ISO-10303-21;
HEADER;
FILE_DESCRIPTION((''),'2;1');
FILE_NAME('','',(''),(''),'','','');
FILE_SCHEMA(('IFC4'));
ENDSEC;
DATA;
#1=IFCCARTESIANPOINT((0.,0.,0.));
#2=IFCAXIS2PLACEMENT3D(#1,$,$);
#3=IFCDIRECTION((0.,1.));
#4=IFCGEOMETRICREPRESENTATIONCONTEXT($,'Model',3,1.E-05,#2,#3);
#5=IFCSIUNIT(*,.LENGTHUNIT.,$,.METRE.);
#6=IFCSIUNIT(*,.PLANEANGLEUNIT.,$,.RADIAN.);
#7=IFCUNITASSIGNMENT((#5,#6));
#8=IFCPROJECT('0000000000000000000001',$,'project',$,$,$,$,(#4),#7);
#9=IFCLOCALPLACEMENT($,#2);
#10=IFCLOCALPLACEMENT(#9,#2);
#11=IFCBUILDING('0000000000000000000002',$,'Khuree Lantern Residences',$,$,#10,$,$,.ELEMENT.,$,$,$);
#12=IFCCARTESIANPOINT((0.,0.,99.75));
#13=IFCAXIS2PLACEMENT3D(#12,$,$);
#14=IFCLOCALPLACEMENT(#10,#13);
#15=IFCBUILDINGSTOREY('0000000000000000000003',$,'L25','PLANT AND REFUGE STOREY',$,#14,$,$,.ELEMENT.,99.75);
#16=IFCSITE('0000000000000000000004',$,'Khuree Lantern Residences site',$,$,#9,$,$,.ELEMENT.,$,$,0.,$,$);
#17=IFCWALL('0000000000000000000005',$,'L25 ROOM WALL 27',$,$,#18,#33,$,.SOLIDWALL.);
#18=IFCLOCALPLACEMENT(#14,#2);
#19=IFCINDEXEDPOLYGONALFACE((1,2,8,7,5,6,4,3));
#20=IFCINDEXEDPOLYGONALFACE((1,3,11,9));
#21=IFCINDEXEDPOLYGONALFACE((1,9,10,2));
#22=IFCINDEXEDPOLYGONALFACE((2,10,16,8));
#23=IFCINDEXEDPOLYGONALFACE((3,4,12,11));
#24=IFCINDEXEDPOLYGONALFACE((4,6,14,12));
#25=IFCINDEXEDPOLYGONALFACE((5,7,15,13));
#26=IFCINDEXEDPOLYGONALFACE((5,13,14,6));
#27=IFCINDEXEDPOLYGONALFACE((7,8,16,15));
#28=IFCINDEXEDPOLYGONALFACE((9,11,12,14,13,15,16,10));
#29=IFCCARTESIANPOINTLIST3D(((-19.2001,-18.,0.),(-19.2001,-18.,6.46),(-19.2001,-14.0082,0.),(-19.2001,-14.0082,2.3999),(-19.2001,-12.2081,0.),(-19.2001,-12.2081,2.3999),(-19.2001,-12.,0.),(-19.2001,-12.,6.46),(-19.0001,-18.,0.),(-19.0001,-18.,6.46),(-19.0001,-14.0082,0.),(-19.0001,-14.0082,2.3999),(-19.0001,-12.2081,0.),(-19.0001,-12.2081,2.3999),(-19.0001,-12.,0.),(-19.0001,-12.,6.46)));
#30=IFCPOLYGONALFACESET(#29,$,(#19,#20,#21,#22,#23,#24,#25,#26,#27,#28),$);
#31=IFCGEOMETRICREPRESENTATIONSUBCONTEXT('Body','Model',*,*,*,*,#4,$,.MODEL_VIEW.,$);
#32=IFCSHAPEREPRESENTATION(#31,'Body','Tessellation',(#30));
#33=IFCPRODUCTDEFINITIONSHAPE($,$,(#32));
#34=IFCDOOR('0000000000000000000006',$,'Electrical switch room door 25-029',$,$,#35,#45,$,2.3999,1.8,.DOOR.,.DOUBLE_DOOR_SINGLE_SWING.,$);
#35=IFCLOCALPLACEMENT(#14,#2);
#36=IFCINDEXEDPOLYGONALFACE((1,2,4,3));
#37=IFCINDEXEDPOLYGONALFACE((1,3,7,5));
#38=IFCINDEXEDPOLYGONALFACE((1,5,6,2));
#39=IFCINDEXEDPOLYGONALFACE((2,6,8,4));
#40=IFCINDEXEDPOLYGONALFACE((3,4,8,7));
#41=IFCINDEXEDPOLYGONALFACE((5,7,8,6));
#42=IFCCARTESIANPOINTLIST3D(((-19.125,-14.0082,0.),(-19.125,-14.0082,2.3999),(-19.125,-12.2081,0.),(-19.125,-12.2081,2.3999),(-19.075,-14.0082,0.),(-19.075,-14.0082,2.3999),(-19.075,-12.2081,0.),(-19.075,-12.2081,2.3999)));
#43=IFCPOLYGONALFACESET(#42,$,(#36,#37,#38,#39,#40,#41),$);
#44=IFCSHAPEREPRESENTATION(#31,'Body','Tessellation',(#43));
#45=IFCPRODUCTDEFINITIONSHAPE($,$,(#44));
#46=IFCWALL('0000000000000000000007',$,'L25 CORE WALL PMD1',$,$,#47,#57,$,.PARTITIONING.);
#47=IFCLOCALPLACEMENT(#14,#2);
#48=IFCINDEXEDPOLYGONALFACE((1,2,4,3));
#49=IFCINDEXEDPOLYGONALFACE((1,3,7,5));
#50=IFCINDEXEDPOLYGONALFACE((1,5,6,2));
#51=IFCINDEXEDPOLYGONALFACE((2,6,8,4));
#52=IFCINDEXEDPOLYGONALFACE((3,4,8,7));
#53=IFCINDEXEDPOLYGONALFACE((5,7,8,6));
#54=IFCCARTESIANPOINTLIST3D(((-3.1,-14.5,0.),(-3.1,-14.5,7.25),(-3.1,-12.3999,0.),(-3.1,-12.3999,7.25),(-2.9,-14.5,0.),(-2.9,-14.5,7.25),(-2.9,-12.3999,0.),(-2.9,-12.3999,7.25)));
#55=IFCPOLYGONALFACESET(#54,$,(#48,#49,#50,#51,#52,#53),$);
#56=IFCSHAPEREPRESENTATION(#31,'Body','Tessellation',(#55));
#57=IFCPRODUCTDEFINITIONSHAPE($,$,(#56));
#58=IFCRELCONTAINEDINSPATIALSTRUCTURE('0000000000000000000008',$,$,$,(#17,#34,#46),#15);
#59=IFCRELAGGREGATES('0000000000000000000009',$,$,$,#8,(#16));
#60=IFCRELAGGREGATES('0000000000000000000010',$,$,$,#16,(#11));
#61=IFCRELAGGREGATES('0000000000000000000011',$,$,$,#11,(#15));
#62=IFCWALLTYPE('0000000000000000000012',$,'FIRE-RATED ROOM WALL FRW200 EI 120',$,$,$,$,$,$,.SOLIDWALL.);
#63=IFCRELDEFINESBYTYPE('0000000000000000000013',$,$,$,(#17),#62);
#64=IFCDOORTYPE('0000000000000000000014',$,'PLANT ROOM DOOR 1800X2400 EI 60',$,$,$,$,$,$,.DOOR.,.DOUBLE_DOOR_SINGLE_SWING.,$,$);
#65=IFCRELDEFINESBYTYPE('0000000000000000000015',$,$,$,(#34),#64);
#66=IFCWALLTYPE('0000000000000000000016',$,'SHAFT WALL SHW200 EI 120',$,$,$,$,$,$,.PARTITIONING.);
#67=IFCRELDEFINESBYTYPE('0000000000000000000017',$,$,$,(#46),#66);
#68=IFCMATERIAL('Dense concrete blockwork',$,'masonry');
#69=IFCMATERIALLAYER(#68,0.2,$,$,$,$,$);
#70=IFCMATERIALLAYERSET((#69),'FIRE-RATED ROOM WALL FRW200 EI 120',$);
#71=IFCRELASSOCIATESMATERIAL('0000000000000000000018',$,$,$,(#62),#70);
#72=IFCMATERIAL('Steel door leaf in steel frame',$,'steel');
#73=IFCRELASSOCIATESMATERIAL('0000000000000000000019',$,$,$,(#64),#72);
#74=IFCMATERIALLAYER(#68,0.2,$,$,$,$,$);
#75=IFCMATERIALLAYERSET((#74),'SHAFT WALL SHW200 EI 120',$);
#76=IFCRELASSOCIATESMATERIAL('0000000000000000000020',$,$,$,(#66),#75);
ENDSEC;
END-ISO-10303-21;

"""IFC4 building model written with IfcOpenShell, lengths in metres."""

from ifc_helpers import new_model, si_unit, direction, frame, frame_2d, origin, place, context, subcontext, project, spatial, rectangle, extrude, material, layer, layer_set, type_object, element, fill, save


model = new_model("IFC4")

# Units and contexts
model_context = context("Model", 3, precision=1e-05, world=origin(), true_north=direction((0.0, 1.0)))
body_context = subcontext(model_context, "Body", "Model", "MODEL_VIEW")
ifc_project = project(units=[si_unit("LENGTHUNIT", "METRE"), si_unit("PLANEANGLEUNIT", "RADIAN")], contexts=[model_context])

# Site, building, storey
site_placement = place(None, origin())
site = spatial("IfcSite", under=ifc_project, at=site_placement, Name="Khuree Lantern Residences site", CompositionType="ELEMENT", RefElevation=0.0)
building_placement = place(site_placement, origin())
building = spatial("IfcBuilding", under=site, at=building_placement, Name="Khuree Lantern Residences", CompositionType="ELEMENT")
storey_placement = place(building_placement, frame((0.0, 0.0, 99.75)))
storey = spatial("IfcBuildingStorey", under=building, at=storey_placement, Name="L25", Description="PLANT AND REFUGE STOREY", CompositionType="ELEMENT", Elevation=99.75)

# Shared definitions
ifc_material_1 = material(Name="Dense concrete blockwork", Category="masonry")

# Shared definitions
ifc_material_2 = material(Name="Steel door leaf in steel frame", Category="steel")

# Shared definitions
ifc_layer_1 = layer(ifc_material_1, 0.2)
ifc_layer_set_1 = layer_set([ifc_layer_1], Name="FIRE-RATED ROOM WALL FRW200 EI 120")
wall_type_1 = type_object("IfcWallType", Name="FIRE-RATED ROOM WALL FRW200 EI 120", PredefinedType="SOLIDWALL", material=ifc_layer_set_1)

# Shared definitions
door_type_1 = type_object("IfcDoorType", Name="PLANT ROOM DOOR 1800X2400 EI 60", OperationType="DOUBLE_DOOR_SINGLE_SWING", PredefinedType="DOOR", material=ifc_material_2)

# Wall, opening, door
wall_1_placement = place(storey_placement, frame((-19.1001, -18.0, 0.0), z_axis=(0.0, 0.0, 1.0), x_axis=(0.0, 1.0, 0.0)))
wall_1 = element("IfcWall", 1, at=wall_1_placement, inside=storey, type_object=wall_type_1, Name="L25 ROOM WALL 27", PredefinedType="SOLIDWALL", context=body_context, shape_type="SweptSolid", body=[
    extrude(rectangle(XDim=6.0, YDim=0.2, at=frame_2d((3.0, 0.0))), origin(), (0.0, 0.0, 1.0), 6.46),
])
opening_1_placement = place(wall_1_placement, frame((3.9919, 0.0, 0.0)))
opening_1 = element("IfcOpeningElement", 2, at=opening_1_placement, cuts=wall_1, PredefinedType="OPENING", context=body_context, shape_type="SweptSolid", body=[
    extrude(rectangle(XDim=1.8, YDim=2.3999, at=frame_2d((0.8999, 1.2))), frame((0.0, 0.1099, 0.0), z_axis=(0.0, -1.0, 0.0), x_axis=(1.0, 0.0, 0.0)), (0.0, 0.0, 1.0), 0.22),
])
door_1_placement = place(opening_1_placement, origin())
door_1 = element("IfcDoor", 3, at=door_1_placement, inside=storey, type_object=door_type_1, Name="Electrical switch room door 25-029", OperationType="DOUBLE_DOOR_SINGLE_SWING", OverallHeight=2.3999, OverallWidth=1.8, PredefinedType="DOOR", context=body_context, shape_type="SweptSolid", body=[
    extrude(rectangle(XDim=1.8, YDim=2.3999, at=frame_2d((0.8999, 1.2))), frame((0.0, 0.0249, 0.0), z_axis=(0.0, -1.0, 0.0), x_axis=(1.0, 0.0, 0.0)), (0.0, 0.0, 1.0), 0.05),
])
fill(opening_1, door_1)

# Wall
ifc_layer_2 = layer(ifc_material_1, 0.2)
ifc_layer_set_2 = layer_set([ifc_layer_2], Name="SHAFT WALL SHW200 EI 120")
wall_type_2 = type_object("IfcWallType", Name="SHAFT WALL SHW200 EI 120", PredefinedType="PARTITIONING", material=ifc_layer_set_2)
wall_2_placement = place(storey_placement, frame((-3.0, -14.5, 0.0), z_axis=(0.0, 0.0, 1.0), x_axis=(0.0, 1.0, 0.0)))
element("IfcWall", 4, at=wall_2_placement, inside=storey, type_object=wall_type_2, Name="L25 CORE WALL PMD1", PredefinedType="PARTITIONING", context=body_context, shape_type="SweptSolid", body=[
    extrude(rectangle(XDim=2.1001, YDim=0.2, at=frame_2d((1.05, 0.0))), origin(), (0.0, 0.0, 1.0), 7.25),
])

save(model, "model.ifc")
